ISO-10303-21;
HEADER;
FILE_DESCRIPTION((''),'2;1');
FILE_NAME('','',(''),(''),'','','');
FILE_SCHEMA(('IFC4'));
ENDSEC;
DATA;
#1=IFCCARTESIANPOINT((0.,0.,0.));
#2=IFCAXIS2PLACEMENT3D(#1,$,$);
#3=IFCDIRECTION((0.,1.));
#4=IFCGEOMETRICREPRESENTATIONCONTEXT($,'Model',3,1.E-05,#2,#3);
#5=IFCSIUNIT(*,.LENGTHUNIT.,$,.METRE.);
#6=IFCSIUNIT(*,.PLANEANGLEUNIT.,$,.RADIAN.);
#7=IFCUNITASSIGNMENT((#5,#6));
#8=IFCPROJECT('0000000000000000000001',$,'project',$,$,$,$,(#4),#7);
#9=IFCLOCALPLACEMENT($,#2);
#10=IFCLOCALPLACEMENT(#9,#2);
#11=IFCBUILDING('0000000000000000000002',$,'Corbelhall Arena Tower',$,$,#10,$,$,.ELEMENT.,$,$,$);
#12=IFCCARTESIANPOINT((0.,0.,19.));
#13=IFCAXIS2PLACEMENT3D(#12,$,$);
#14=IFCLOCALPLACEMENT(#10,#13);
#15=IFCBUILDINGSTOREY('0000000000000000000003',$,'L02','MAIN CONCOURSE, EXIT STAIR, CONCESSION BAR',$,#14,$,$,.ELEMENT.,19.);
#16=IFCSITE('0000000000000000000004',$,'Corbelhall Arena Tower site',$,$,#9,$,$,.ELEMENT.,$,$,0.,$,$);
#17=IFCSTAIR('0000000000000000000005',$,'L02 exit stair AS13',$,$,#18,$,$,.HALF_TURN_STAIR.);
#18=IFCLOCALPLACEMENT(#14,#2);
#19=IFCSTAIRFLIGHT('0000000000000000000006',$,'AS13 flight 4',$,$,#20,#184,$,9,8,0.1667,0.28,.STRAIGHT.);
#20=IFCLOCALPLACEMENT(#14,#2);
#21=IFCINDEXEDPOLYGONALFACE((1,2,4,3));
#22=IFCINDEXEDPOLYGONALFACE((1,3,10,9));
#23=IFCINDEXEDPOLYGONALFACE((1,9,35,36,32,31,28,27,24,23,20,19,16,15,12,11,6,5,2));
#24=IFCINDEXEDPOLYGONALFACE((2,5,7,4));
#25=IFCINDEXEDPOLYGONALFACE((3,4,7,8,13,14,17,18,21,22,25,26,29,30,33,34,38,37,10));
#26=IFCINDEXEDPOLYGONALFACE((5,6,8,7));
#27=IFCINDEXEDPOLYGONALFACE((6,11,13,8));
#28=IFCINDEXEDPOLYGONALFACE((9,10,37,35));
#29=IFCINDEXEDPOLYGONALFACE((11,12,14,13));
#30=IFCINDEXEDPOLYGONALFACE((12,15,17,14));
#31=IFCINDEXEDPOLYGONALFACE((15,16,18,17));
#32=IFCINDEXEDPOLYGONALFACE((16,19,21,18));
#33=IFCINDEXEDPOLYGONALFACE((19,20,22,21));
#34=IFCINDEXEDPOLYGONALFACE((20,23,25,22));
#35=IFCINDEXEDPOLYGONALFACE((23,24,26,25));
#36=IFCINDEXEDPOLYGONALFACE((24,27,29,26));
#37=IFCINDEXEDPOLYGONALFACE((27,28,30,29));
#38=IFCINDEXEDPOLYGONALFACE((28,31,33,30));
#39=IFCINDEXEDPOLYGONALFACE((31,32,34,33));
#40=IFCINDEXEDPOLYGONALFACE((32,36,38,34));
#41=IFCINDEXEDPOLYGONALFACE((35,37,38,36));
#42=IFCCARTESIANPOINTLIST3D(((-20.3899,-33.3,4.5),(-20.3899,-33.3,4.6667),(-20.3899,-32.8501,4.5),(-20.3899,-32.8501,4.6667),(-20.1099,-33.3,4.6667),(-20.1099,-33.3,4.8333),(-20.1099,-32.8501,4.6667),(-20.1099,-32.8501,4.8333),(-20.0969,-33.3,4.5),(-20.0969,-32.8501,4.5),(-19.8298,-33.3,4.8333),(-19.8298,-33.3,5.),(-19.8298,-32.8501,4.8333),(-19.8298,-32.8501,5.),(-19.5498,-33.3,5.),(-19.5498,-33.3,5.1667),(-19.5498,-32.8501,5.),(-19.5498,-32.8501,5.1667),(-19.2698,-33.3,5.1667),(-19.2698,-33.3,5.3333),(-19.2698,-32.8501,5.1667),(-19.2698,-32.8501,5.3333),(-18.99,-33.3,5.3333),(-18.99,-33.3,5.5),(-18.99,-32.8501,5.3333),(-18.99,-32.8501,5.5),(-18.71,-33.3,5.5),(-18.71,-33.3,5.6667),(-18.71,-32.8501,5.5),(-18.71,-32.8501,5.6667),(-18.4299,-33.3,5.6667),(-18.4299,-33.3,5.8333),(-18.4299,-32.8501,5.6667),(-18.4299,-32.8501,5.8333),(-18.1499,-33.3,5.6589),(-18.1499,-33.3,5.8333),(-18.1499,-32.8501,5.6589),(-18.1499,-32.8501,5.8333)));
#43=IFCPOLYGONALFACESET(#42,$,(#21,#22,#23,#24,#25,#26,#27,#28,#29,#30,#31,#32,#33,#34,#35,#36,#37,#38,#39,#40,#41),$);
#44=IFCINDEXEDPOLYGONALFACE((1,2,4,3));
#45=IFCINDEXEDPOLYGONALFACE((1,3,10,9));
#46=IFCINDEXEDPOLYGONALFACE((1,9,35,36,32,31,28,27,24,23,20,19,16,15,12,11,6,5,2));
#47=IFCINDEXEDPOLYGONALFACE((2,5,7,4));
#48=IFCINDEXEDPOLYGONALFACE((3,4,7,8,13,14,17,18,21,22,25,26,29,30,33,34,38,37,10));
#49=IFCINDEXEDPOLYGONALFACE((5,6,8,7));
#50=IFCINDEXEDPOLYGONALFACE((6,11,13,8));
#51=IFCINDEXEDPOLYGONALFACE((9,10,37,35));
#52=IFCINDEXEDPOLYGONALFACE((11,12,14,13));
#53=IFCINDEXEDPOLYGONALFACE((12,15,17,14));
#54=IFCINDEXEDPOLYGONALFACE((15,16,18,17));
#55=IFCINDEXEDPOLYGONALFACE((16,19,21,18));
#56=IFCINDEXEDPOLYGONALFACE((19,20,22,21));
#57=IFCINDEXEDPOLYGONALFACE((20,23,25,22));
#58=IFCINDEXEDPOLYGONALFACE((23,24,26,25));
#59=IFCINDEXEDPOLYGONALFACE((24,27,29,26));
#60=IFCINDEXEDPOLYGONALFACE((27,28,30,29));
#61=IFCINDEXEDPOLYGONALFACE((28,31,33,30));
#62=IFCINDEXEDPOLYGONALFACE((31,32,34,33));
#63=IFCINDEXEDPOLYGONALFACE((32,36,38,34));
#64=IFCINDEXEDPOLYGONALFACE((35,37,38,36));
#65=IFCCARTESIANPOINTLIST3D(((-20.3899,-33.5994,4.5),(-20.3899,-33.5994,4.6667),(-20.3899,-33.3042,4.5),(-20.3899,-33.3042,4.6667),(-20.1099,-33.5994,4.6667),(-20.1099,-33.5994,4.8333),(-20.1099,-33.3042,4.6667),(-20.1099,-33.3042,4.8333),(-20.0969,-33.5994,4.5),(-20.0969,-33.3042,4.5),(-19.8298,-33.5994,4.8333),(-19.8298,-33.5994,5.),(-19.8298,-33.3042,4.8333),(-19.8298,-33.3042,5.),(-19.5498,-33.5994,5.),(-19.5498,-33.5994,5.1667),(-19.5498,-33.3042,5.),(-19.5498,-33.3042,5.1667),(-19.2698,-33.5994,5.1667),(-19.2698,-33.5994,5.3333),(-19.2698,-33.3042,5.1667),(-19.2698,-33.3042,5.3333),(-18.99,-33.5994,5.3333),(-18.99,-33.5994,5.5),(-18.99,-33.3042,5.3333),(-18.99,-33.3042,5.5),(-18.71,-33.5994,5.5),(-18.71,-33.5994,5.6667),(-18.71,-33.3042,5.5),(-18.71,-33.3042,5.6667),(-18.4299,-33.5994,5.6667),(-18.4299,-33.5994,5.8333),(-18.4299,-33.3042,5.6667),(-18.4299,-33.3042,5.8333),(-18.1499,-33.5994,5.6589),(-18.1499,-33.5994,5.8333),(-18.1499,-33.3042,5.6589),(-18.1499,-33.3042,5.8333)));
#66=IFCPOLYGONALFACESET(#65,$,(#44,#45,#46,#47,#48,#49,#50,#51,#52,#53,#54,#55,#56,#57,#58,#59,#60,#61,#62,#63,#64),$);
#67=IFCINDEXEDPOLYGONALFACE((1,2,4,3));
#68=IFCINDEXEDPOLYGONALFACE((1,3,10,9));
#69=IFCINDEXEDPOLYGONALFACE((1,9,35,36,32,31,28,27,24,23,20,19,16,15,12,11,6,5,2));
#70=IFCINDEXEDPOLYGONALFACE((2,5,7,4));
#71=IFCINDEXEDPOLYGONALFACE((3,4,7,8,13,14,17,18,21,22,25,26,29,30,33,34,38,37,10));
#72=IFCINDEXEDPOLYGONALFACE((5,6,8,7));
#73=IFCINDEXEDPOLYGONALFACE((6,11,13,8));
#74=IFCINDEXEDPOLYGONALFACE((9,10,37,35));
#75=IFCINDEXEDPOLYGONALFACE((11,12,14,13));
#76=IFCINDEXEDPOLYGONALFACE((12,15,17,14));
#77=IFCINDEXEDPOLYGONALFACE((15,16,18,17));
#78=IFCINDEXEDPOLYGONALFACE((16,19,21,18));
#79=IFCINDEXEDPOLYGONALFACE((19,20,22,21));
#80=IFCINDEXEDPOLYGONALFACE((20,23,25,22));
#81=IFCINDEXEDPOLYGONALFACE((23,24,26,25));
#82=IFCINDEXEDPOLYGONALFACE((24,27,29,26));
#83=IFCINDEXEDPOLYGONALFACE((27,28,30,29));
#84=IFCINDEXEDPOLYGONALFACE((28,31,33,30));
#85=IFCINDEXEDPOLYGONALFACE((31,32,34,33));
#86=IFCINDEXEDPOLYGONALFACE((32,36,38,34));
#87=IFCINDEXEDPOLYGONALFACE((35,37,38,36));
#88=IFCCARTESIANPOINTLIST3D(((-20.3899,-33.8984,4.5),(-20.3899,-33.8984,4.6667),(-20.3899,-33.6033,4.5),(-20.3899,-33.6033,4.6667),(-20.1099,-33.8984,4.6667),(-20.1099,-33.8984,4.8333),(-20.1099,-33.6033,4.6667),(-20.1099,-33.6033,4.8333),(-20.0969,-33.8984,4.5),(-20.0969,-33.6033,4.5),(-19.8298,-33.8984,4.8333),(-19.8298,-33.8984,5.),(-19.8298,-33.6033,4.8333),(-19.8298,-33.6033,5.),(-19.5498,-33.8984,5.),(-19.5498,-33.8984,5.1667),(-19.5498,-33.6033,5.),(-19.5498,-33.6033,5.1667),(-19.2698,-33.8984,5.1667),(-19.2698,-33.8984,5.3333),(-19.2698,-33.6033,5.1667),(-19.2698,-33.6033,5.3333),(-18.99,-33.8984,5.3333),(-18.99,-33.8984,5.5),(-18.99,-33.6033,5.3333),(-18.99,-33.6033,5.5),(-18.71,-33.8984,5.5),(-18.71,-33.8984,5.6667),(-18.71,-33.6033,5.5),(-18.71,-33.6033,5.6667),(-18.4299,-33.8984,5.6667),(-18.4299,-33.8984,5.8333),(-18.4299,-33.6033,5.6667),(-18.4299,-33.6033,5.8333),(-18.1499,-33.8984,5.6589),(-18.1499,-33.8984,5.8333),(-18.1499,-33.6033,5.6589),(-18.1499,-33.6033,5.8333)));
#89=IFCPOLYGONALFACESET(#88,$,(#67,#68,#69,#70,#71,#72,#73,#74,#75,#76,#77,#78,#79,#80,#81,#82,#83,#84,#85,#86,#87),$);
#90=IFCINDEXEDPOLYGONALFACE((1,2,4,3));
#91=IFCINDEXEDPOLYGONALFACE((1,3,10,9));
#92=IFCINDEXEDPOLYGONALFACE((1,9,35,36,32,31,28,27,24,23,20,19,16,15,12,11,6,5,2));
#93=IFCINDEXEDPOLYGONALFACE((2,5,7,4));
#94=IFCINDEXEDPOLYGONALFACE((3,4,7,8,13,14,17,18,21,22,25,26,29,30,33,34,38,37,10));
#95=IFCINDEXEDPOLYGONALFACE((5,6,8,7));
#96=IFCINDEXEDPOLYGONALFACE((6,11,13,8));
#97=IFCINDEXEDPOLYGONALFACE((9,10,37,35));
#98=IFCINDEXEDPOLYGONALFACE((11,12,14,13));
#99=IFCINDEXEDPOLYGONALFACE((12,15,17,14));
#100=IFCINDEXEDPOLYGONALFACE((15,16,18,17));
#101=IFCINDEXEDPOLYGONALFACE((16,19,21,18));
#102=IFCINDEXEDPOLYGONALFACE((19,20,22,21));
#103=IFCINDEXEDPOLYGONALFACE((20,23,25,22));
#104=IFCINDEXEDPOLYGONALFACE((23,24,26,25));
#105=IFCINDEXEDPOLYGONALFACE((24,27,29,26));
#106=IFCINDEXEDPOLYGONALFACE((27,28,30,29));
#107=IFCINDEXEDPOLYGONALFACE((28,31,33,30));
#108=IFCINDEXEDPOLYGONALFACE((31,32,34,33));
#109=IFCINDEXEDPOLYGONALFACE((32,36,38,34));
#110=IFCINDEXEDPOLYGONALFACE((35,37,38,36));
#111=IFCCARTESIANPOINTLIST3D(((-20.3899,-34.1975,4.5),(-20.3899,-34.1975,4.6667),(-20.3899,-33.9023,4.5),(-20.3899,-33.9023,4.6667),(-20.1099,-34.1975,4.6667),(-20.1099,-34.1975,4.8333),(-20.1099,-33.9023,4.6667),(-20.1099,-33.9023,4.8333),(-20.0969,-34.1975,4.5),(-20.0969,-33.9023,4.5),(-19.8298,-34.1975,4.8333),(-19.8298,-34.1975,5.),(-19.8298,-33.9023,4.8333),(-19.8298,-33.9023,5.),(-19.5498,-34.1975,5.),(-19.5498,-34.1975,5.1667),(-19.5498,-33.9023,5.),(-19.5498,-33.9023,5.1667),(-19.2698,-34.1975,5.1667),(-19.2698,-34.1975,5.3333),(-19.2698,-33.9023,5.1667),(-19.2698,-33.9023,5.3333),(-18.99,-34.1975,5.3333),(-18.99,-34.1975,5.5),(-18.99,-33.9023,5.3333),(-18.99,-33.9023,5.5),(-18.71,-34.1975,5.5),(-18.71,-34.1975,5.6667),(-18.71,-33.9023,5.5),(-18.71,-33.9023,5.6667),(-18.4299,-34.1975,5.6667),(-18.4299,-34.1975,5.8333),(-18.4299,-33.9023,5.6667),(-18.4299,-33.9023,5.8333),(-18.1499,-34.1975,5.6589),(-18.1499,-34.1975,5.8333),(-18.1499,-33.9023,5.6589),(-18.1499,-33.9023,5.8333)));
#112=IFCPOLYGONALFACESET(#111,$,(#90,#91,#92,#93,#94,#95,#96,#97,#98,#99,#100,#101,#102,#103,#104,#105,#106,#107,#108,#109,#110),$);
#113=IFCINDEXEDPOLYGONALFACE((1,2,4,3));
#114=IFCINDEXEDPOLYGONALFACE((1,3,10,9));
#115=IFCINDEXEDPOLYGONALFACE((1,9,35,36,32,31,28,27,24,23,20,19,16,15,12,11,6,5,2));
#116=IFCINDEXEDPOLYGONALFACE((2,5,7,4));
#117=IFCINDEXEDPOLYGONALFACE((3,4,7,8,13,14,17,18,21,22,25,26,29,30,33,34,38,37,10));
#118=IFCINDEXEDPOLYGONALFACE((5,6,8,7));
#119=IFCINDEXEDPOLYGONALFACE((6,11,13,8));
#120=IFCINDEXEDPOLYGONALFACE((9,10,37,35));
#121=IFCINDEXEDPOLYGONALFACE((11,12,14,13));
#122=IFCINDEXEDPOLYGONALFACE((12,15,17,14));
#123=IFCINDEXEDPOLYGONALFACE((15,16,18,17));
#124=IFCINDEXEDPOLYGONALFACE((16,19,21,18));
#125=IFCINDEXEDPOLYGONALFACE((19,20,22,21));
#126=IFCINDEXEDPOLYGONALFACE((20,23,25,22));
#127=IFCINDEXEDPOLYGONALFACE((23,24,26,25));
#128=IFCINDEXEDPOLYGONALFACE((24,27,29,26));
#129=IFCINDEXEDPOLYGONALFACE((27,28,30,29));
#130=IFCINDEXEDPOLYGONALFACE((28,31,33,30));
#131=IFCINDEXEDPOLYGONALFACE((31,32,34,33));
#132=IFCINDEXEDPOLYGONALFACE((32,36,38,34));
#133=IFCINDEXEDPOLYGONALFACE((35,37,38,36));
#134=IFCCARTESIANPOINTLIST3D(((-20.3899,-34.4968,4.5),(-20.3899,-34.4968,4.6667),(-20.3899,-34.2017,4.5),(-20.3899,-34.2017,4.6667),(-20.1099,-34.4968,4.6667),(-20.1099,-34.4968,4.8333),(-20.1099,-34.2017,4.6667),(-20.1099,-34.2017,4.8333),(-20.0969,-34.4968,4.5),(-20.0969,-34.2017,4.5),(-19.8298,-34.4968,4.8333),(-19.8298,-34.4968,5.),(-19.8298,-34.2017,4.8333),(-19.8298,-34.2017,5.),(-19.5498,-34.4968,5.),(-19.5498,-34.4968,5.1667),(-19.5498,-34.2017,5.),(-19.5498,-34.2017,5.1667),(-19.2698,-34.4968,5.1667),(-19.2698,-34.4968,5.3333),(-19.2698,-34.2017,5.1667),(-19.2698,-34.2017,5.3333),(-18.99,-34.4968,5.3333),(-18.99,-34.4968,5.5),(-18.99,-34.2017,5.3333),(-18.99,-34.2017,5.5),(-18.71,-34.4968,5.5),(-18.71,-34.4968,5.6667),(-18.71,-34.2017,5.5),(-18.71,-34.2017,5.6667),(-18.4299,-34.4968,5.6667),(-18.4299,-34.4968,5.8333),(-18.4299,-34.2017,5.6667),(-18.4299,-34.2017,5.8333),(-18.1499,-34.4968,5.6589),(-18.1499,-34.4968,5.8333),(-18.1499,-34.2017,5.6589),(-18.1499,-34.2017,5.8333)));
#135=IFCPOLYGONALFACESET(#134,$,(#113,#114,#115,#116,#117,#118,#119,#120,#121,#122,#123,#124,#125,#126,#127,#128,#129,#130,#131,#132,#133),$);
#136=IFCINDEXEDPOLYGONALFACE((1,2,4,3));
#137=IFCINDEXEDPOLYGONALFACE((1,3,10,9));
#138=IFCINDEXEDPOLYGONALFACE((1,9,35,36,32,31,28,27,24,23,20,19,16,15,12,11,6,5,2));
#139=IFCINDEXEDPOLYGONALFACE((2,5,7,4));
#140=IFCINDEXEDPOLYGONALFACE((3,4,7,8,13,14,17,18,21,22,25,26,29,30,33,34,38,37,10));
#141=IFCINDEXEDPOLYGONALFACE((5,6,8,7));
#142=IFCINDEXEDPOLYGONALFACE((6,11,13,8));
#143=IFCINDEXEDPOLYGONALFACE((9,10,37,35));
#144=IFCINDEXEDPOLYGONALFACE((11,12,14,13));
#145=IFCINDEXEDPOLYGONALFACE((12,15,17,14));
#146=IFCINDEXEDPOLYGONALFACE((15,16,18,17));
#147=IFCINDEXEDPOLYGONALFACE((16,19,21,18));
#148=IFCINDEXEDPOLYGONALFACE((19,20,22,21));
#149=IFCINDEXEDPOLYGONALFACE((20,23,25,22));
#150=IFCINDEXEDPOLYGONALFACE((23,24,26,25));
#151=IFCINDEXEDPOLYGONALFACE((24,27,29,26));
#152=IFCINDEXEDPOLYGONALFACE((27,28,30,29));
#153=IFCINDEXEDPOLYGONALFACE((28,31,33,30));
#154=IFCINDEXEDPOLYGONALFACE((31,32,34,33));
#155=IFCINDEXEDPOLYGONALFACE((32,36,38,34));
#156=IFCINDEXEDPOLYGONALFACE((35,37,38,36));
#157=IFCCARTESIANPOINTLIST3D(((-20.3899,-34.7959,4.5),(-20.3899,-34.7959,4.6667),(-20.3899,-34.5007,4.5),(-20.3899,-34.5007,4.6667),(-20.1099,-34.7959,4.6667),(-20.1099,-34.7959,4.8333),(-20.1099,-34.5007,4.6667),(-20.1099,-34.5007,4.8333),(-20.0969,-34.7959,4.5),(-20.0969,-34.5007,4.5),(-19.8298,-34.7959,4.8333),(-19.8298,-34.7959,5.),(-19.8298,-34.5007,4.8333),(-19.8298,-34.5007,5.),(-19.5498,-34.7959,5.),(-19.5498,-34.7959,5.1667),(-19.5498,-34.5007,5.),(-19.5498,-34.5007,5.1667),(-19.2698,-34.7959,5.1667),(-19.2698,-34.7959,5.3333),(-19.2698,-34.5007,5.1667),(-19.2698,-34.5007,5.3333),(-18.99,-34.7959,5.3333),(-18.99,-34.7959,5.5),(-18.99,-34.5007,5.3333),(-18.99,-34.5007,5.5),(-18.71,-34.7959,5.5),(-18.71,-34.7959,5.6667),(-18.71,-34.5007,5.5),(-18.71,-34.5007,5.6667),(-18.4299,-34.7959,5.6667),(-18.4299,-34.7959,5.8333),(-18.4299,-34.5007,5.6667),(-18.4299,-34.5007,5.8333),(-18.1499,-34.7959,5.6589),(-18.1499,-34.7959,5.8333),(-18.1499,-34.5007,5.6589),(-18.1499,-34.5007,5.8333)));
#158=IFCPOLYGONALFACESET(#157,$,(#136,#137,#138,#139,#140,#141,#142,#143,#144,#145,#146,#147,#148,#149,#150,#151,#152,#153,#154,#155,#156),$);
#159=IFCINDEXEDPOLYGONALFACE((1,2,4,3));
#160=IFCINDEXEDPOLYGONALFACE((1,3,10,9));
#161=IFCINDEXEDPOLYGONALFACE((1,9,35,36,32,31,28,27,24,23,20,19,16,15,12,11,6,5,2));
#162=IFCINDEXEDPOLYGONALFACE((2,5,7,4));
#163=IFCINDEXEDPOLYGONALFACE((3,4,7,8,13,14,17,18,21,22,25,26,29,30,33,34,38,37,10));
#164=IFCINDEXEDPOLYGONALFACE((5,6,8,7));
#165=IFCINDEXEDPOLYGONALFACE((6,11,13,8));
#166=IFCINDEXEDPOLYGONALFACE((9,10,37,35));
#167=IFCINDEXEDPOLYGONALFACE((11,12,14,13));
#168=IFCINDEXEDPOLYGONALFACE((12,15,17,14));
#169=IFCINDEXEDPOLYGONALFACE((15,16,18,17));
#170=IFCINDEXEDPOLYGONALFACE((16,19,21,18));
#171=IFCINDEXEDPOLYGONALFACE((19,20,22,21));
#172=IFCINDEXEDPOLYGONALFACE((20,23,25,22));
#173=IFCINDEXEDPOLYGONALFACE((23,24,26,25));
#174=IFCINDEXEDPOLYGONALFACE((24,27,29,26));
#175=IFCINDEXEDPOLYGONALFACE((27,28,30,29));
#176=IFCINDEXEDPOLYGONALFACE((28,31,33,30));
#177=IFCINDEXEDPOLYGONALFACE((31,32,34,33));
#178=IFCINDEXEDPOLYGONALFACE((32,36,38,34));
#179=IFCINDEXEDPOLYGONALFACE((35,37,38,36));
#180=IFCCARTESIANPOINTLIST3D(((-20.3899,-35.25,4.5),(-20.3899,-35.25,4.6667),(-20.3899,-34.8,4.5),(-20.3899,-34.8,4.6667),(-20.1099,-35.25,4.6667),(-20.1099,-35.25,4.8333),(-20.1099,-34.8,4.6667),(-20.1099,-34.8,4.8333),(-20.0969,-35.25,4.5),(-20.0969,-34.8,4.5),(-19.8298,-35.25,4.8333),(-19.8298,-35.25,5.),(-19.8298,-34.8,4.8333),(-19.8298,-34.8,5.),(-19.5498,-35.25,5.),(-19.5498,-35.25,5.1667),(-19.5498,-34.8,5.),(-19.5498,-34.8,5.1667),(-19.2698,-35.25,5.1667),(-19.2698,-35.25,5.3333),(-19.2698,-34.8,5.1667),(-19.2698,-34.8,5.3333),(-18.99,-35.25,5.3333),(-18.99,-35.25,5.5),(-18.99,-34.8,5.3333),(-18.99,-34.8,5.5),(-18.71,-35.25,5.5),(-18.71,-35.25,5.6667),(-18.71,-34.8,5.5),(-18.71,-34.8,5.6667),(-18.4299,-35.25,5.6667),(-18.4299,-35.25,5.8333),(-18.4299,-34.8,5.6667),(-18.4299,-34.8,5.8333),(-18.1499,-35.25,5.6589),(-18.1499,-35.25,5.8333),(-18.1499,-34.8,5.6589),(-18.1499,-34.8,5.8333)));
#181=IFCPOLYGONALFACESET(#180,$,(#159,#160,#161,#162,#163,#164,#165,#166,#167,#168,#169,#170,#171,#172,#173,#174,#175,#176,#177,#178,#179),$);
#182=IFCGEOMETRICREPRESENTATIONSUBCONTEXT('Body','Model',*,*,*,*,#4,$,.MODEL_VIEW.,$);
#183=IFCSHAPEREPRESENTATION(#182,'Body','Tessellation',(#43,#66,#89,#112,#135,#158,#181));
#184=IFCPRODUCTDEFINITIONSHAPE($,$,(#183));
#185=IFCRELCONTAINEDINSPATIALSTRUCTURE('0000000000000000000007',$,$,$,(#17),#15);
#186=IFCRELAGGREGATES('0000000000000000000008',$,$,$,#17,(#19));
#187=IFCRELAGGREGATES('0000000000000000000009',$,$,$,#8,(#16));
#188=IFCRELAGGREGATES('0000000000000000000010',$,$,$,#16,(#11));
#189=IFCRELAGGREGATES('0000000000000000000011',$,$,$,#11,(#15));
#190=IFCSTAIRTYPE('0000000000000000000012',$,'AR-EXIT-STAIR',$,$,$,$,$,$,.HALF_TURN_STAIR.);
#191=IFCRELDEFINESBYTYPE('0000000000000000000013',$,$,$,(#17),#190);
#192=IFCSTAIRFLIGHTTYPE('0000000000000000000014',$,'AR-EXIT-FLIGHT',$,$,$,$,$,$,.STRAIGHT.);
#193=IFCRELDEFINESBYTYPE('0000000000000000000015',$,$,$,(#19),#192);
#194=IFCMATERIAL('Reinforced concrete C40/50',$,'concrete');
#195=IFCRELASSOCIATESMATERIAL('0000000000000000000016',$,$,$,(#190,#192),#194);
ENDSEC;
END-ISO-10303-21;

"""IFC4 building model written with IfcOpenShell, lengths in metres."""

from ifc_helpers import new_model, si_unit, direction, frame, origin, place, context, subcontext, project, spatial, polyline, outline, extrude, material, type_object, element, aggregate, save


model = new_model("IFC4")

# Units and contexts
model_context = context("Model", 3, precision=1e-05, world=origin(), true_north=direction((0.0, 1.0)))
body_context = subcontext(model_context, "Body", "Model", "MODEL_VIEW")
ifc_project = project(units=[si_unit("LENGTHUNIT", "METRE"), si_unit("PLANEANGLEUNIT", "RADIAN")], contexts=[model_context])

# Site, building, storey
site_placement = place(None, origin())
site = spatial("IfcSite", under=ifc_project, at=site_placement, Name="Corbelhall Arena Tower site", CompositionType="ELEMENT", RefElevation=0.0)
building_placement = place(site_placement, origin())
building = spatial("IfcBuilding", under=site, at=building_placement, Name="Corbelhall Arena Tower", CompositionType="ELEMENT")
storey_placement = place(building_placement, frame((0.0, 0.0, 19.0)))
storey = spatial("IfcBuildingStorey", under=building, at=storey_placement, Name="L02", Description="MAIN CONCOURSE, EXIT STAIR, CONCESSION BAR", CompositionType="ELEMENT", Elevation=19.0)

# Shared definitions
ifc_material_1 = material(Name="Reinforced concrete C40/50", Category="concrete")

# Stair, stair flight
stair_type = type_object("IfcStairType", Name="AR-EXIT-STAIR", PredefinedType="HALF_TURN_STAIR", material=ifc_material_1)
stair_1_placement = place(storey_placement, origin())
stair_1 = element("IfcStair", 1, at=stair_1_placement, inside=storey, type_object=stair_type, Name="L02 exit stair AS13", PredefinedType="HALF_TURN_STAIR")
stair_flight_type = type_object("IfcStairFlightType", Name="AR-EXIT-FLIGHT", PredefinedType="STRAIGHT", material=ifc_material_1)
stair_flight_1_placement = place(storey_placement, frame((-20.3899, -34.05, 4.5), z_axis=(0.0, 0.0, 1.0), x_axis=(1.0, 0.0, 0.0)))
stair_flight_1 = element("IfcStairFlight", 2, at=stair_flight_1_placement, type_object=stair_flight_type, Name="AS13 flight 4", NumberOfRisers=9, NumberOfTreads=8, PredefinedType="STRAIGHT", RiserHeight=0.1667, TreadLength=0.28, context=body_context, shape_type="SweptSolid", body=[
    extrude(outline(polyline([(0.0, 0.0), (0.0, 0.1667), (0.28, 0.1667), (0.28, 0.3333), (0.5601, 0.3333), (0.5601, 0.5), (0.8401, 0.5), (0.8401, 0.6667), (1.1201, 0.6667), (1.1201, 0.8333), (1.3999, 0.8333), (1.3999, 1.0), (1.6799, 1.0), (1.6799, 1.1667), (1.96, 1.1667), (1.96, 1.3333), (2.24, 1.3333), (2.24, 1.5), (2.24, 1.1589), (0.293, 0.0), (0.0, 0.0)])), frame((0.0, 1.2, 0.0), z_axis=(0.0, -1.0, 0.0), x_axis=(1.0, 0.0, 0.0)), (0.0, 0.0, 1.0), 0.45),
    extrude(outline(polyline([(0.0, 0.0), (0.0, 0.1667), (0.28, 0.1667), (0.28, 0.3333), (0.5601, 0.3333), (0.5601, 0.5), (0.8401, 0.5), (0.8401, 0.6667), (1.1201, 0.6667), (1.1201, 0.8333), (1.3999, 0.8333), (1.3999, 1.0), (1.6799, 1.0), (1.6799, 1.1667), (1.96, 1.1667), (1.96, 1.3333), (2.24, 1.3333), (2.24, 1.5), (2.24, 1.1589), (0.293, 0.0), (0.0, 0.0)])), frame((0.0, 0.7458, 0.0), z_axis=(0.0, -1.0, 0.0), x_axis=(1.0, 0.0, 0.0)), (0.0, 0.0, 1.0), 0.2952),
    extrude(outline(polyline([(0.0, 0.0), (0.0, 0.1667), (0.28, 0.1667), (0.28, 0.3333), (0.5601, 0.3333), (0.5601, 0.5), (0.8401, 0.5), (0.8401, 0.6667), (1.1201, 0.6667), (1.1201, 0.8333), (1.3999, 0.8333), (1.3999, 1.0), (1.6799, 1.0), (1.6799, 1.1667), (1.96, 1.1667), (1.96, 1.3333), (2.24, 1.3333), (2.24, 1.5), (2.24, 1.1589), (0.293, 0.0), (0.0, 0.0)])), frame((0.0, 0.4468, 0.0), z_axis=(0.0, -1.0, 0.0), x_axis=(1.0, 0.0, 0.0)), (0.0, 0.0, 1.0), 0.2952),
    extrude(outline(polyline([(0.0, 0.0), (0.0, 0.1667), (0.28, 0.1667), (0.28, 0.3333), (0.5601, 0.3333), (0.5601, 0.5), (0.8401, 0.5), (0.8401, 0.6667), (1.1201, 0.6667), (1.1201, 0.8333), (1.3999, 0.8333), (1.3999, 1.0), (1.6799, 1.0), (1.6799, 1.1667), (1.96, 1.1667), (1.96, 1.3333), (2.24, 1.3333), (2.24, 1.5), (2.24, 1.1589), (0.293, 0.0), (0.0, 0.0)])), frame((0.0, 0.1477, 0.0), z_axis=(0.0, -1.0, 0.0), x_axis=(1.0, 0.0, 0.0)), (0.0, 0.0, 1.0), 0.2952),
    extrude(outline(polyline([(0.0, 0.0), (0.0, 0.1667), (0.28, 0.1667), (0.28, 0.3333), (0.5601, 0.3333), (0.5601, 0.5), (0.8401, 0.5), (0.8401, 0.6667), (1.1201, 0.6667), (1.1201, 0.8333), (1.3999, 0.8333), (1.3999, 1.0), (1.6799, 1.0), (1.6799, 1.1667), (1.96, 1.1667), (1.96, 1.3333), (2.24, 1.3333), (2.24, 1.5), (2.24, 1.1589), (0.293, 0.0), (0.0, 0.0)])), frame((0.0, -0.1516, 0.0), z_axis=(0.0, -1.0, 0.0), x_axis=(1.0, 0.0, 0.0)), (0.0, 0.0, 1.0), 0.2952),
    extrude(outline(polyline([(0.0, 0.0), (0.0, 0.1667), (0.28, 0.1667), (0.28, 0.3333), (0.5601, 0.3333), (0.5601, 0.5), (0.8401, 0.5), (0.8401, 0.6667), (1.1201, 0.6667), (1.1201, 0.8333), (1.3999, 0.8333), (1.3999, 1.0), (1.6799, 1.0), (1.6799, 1.1667), (1.96, 1.1667), (1.96, 1.3333), (2.24, 1.3333), (2.24, 1.5), (2.24, 1.1589), (0.293, 0.0), (0.0, 0.0)])), frame((0.0, -0.4507, 0.0), z_axis=(0.0, -1.0, 0.0), x_axis=(1.0, 0.0, 0.0)), (0.0, 0.0, 1.0), 0.2952),
    extrude(outline(polyline([(0.0, 0.0), (0.0, 0.1667), (0.28, 0.1667), (0.28, 0.3333), (0.5601, 0.3333), (0.5601, 0.5), (0.8401, 0.5), (0.8401, 0.6667), (1.1201, 0.6667), (1.1201, 0.8333), (1.3999, 0.8333), (1.3999, 1.0), (1.6799, 1.0), (1.6799, 1.1667), (1.96, 1.1667), (1.96, 1.3333), (2.24, 1.3333), (2.24, 1.5), (2.24, 1.1589), (0.293, 0.0), (0.0, 0.0)])), frame((0.0, -0.75, 0.0), z_axis=(0.0, -1.0, 0.0), x_axis=(1.0, 0.0, 0.0)), (0.0, 0.0, 1.0), 0.45),
])
aggregate(stair_1, [stair_flight_1])

save(model, "model.ifc")
